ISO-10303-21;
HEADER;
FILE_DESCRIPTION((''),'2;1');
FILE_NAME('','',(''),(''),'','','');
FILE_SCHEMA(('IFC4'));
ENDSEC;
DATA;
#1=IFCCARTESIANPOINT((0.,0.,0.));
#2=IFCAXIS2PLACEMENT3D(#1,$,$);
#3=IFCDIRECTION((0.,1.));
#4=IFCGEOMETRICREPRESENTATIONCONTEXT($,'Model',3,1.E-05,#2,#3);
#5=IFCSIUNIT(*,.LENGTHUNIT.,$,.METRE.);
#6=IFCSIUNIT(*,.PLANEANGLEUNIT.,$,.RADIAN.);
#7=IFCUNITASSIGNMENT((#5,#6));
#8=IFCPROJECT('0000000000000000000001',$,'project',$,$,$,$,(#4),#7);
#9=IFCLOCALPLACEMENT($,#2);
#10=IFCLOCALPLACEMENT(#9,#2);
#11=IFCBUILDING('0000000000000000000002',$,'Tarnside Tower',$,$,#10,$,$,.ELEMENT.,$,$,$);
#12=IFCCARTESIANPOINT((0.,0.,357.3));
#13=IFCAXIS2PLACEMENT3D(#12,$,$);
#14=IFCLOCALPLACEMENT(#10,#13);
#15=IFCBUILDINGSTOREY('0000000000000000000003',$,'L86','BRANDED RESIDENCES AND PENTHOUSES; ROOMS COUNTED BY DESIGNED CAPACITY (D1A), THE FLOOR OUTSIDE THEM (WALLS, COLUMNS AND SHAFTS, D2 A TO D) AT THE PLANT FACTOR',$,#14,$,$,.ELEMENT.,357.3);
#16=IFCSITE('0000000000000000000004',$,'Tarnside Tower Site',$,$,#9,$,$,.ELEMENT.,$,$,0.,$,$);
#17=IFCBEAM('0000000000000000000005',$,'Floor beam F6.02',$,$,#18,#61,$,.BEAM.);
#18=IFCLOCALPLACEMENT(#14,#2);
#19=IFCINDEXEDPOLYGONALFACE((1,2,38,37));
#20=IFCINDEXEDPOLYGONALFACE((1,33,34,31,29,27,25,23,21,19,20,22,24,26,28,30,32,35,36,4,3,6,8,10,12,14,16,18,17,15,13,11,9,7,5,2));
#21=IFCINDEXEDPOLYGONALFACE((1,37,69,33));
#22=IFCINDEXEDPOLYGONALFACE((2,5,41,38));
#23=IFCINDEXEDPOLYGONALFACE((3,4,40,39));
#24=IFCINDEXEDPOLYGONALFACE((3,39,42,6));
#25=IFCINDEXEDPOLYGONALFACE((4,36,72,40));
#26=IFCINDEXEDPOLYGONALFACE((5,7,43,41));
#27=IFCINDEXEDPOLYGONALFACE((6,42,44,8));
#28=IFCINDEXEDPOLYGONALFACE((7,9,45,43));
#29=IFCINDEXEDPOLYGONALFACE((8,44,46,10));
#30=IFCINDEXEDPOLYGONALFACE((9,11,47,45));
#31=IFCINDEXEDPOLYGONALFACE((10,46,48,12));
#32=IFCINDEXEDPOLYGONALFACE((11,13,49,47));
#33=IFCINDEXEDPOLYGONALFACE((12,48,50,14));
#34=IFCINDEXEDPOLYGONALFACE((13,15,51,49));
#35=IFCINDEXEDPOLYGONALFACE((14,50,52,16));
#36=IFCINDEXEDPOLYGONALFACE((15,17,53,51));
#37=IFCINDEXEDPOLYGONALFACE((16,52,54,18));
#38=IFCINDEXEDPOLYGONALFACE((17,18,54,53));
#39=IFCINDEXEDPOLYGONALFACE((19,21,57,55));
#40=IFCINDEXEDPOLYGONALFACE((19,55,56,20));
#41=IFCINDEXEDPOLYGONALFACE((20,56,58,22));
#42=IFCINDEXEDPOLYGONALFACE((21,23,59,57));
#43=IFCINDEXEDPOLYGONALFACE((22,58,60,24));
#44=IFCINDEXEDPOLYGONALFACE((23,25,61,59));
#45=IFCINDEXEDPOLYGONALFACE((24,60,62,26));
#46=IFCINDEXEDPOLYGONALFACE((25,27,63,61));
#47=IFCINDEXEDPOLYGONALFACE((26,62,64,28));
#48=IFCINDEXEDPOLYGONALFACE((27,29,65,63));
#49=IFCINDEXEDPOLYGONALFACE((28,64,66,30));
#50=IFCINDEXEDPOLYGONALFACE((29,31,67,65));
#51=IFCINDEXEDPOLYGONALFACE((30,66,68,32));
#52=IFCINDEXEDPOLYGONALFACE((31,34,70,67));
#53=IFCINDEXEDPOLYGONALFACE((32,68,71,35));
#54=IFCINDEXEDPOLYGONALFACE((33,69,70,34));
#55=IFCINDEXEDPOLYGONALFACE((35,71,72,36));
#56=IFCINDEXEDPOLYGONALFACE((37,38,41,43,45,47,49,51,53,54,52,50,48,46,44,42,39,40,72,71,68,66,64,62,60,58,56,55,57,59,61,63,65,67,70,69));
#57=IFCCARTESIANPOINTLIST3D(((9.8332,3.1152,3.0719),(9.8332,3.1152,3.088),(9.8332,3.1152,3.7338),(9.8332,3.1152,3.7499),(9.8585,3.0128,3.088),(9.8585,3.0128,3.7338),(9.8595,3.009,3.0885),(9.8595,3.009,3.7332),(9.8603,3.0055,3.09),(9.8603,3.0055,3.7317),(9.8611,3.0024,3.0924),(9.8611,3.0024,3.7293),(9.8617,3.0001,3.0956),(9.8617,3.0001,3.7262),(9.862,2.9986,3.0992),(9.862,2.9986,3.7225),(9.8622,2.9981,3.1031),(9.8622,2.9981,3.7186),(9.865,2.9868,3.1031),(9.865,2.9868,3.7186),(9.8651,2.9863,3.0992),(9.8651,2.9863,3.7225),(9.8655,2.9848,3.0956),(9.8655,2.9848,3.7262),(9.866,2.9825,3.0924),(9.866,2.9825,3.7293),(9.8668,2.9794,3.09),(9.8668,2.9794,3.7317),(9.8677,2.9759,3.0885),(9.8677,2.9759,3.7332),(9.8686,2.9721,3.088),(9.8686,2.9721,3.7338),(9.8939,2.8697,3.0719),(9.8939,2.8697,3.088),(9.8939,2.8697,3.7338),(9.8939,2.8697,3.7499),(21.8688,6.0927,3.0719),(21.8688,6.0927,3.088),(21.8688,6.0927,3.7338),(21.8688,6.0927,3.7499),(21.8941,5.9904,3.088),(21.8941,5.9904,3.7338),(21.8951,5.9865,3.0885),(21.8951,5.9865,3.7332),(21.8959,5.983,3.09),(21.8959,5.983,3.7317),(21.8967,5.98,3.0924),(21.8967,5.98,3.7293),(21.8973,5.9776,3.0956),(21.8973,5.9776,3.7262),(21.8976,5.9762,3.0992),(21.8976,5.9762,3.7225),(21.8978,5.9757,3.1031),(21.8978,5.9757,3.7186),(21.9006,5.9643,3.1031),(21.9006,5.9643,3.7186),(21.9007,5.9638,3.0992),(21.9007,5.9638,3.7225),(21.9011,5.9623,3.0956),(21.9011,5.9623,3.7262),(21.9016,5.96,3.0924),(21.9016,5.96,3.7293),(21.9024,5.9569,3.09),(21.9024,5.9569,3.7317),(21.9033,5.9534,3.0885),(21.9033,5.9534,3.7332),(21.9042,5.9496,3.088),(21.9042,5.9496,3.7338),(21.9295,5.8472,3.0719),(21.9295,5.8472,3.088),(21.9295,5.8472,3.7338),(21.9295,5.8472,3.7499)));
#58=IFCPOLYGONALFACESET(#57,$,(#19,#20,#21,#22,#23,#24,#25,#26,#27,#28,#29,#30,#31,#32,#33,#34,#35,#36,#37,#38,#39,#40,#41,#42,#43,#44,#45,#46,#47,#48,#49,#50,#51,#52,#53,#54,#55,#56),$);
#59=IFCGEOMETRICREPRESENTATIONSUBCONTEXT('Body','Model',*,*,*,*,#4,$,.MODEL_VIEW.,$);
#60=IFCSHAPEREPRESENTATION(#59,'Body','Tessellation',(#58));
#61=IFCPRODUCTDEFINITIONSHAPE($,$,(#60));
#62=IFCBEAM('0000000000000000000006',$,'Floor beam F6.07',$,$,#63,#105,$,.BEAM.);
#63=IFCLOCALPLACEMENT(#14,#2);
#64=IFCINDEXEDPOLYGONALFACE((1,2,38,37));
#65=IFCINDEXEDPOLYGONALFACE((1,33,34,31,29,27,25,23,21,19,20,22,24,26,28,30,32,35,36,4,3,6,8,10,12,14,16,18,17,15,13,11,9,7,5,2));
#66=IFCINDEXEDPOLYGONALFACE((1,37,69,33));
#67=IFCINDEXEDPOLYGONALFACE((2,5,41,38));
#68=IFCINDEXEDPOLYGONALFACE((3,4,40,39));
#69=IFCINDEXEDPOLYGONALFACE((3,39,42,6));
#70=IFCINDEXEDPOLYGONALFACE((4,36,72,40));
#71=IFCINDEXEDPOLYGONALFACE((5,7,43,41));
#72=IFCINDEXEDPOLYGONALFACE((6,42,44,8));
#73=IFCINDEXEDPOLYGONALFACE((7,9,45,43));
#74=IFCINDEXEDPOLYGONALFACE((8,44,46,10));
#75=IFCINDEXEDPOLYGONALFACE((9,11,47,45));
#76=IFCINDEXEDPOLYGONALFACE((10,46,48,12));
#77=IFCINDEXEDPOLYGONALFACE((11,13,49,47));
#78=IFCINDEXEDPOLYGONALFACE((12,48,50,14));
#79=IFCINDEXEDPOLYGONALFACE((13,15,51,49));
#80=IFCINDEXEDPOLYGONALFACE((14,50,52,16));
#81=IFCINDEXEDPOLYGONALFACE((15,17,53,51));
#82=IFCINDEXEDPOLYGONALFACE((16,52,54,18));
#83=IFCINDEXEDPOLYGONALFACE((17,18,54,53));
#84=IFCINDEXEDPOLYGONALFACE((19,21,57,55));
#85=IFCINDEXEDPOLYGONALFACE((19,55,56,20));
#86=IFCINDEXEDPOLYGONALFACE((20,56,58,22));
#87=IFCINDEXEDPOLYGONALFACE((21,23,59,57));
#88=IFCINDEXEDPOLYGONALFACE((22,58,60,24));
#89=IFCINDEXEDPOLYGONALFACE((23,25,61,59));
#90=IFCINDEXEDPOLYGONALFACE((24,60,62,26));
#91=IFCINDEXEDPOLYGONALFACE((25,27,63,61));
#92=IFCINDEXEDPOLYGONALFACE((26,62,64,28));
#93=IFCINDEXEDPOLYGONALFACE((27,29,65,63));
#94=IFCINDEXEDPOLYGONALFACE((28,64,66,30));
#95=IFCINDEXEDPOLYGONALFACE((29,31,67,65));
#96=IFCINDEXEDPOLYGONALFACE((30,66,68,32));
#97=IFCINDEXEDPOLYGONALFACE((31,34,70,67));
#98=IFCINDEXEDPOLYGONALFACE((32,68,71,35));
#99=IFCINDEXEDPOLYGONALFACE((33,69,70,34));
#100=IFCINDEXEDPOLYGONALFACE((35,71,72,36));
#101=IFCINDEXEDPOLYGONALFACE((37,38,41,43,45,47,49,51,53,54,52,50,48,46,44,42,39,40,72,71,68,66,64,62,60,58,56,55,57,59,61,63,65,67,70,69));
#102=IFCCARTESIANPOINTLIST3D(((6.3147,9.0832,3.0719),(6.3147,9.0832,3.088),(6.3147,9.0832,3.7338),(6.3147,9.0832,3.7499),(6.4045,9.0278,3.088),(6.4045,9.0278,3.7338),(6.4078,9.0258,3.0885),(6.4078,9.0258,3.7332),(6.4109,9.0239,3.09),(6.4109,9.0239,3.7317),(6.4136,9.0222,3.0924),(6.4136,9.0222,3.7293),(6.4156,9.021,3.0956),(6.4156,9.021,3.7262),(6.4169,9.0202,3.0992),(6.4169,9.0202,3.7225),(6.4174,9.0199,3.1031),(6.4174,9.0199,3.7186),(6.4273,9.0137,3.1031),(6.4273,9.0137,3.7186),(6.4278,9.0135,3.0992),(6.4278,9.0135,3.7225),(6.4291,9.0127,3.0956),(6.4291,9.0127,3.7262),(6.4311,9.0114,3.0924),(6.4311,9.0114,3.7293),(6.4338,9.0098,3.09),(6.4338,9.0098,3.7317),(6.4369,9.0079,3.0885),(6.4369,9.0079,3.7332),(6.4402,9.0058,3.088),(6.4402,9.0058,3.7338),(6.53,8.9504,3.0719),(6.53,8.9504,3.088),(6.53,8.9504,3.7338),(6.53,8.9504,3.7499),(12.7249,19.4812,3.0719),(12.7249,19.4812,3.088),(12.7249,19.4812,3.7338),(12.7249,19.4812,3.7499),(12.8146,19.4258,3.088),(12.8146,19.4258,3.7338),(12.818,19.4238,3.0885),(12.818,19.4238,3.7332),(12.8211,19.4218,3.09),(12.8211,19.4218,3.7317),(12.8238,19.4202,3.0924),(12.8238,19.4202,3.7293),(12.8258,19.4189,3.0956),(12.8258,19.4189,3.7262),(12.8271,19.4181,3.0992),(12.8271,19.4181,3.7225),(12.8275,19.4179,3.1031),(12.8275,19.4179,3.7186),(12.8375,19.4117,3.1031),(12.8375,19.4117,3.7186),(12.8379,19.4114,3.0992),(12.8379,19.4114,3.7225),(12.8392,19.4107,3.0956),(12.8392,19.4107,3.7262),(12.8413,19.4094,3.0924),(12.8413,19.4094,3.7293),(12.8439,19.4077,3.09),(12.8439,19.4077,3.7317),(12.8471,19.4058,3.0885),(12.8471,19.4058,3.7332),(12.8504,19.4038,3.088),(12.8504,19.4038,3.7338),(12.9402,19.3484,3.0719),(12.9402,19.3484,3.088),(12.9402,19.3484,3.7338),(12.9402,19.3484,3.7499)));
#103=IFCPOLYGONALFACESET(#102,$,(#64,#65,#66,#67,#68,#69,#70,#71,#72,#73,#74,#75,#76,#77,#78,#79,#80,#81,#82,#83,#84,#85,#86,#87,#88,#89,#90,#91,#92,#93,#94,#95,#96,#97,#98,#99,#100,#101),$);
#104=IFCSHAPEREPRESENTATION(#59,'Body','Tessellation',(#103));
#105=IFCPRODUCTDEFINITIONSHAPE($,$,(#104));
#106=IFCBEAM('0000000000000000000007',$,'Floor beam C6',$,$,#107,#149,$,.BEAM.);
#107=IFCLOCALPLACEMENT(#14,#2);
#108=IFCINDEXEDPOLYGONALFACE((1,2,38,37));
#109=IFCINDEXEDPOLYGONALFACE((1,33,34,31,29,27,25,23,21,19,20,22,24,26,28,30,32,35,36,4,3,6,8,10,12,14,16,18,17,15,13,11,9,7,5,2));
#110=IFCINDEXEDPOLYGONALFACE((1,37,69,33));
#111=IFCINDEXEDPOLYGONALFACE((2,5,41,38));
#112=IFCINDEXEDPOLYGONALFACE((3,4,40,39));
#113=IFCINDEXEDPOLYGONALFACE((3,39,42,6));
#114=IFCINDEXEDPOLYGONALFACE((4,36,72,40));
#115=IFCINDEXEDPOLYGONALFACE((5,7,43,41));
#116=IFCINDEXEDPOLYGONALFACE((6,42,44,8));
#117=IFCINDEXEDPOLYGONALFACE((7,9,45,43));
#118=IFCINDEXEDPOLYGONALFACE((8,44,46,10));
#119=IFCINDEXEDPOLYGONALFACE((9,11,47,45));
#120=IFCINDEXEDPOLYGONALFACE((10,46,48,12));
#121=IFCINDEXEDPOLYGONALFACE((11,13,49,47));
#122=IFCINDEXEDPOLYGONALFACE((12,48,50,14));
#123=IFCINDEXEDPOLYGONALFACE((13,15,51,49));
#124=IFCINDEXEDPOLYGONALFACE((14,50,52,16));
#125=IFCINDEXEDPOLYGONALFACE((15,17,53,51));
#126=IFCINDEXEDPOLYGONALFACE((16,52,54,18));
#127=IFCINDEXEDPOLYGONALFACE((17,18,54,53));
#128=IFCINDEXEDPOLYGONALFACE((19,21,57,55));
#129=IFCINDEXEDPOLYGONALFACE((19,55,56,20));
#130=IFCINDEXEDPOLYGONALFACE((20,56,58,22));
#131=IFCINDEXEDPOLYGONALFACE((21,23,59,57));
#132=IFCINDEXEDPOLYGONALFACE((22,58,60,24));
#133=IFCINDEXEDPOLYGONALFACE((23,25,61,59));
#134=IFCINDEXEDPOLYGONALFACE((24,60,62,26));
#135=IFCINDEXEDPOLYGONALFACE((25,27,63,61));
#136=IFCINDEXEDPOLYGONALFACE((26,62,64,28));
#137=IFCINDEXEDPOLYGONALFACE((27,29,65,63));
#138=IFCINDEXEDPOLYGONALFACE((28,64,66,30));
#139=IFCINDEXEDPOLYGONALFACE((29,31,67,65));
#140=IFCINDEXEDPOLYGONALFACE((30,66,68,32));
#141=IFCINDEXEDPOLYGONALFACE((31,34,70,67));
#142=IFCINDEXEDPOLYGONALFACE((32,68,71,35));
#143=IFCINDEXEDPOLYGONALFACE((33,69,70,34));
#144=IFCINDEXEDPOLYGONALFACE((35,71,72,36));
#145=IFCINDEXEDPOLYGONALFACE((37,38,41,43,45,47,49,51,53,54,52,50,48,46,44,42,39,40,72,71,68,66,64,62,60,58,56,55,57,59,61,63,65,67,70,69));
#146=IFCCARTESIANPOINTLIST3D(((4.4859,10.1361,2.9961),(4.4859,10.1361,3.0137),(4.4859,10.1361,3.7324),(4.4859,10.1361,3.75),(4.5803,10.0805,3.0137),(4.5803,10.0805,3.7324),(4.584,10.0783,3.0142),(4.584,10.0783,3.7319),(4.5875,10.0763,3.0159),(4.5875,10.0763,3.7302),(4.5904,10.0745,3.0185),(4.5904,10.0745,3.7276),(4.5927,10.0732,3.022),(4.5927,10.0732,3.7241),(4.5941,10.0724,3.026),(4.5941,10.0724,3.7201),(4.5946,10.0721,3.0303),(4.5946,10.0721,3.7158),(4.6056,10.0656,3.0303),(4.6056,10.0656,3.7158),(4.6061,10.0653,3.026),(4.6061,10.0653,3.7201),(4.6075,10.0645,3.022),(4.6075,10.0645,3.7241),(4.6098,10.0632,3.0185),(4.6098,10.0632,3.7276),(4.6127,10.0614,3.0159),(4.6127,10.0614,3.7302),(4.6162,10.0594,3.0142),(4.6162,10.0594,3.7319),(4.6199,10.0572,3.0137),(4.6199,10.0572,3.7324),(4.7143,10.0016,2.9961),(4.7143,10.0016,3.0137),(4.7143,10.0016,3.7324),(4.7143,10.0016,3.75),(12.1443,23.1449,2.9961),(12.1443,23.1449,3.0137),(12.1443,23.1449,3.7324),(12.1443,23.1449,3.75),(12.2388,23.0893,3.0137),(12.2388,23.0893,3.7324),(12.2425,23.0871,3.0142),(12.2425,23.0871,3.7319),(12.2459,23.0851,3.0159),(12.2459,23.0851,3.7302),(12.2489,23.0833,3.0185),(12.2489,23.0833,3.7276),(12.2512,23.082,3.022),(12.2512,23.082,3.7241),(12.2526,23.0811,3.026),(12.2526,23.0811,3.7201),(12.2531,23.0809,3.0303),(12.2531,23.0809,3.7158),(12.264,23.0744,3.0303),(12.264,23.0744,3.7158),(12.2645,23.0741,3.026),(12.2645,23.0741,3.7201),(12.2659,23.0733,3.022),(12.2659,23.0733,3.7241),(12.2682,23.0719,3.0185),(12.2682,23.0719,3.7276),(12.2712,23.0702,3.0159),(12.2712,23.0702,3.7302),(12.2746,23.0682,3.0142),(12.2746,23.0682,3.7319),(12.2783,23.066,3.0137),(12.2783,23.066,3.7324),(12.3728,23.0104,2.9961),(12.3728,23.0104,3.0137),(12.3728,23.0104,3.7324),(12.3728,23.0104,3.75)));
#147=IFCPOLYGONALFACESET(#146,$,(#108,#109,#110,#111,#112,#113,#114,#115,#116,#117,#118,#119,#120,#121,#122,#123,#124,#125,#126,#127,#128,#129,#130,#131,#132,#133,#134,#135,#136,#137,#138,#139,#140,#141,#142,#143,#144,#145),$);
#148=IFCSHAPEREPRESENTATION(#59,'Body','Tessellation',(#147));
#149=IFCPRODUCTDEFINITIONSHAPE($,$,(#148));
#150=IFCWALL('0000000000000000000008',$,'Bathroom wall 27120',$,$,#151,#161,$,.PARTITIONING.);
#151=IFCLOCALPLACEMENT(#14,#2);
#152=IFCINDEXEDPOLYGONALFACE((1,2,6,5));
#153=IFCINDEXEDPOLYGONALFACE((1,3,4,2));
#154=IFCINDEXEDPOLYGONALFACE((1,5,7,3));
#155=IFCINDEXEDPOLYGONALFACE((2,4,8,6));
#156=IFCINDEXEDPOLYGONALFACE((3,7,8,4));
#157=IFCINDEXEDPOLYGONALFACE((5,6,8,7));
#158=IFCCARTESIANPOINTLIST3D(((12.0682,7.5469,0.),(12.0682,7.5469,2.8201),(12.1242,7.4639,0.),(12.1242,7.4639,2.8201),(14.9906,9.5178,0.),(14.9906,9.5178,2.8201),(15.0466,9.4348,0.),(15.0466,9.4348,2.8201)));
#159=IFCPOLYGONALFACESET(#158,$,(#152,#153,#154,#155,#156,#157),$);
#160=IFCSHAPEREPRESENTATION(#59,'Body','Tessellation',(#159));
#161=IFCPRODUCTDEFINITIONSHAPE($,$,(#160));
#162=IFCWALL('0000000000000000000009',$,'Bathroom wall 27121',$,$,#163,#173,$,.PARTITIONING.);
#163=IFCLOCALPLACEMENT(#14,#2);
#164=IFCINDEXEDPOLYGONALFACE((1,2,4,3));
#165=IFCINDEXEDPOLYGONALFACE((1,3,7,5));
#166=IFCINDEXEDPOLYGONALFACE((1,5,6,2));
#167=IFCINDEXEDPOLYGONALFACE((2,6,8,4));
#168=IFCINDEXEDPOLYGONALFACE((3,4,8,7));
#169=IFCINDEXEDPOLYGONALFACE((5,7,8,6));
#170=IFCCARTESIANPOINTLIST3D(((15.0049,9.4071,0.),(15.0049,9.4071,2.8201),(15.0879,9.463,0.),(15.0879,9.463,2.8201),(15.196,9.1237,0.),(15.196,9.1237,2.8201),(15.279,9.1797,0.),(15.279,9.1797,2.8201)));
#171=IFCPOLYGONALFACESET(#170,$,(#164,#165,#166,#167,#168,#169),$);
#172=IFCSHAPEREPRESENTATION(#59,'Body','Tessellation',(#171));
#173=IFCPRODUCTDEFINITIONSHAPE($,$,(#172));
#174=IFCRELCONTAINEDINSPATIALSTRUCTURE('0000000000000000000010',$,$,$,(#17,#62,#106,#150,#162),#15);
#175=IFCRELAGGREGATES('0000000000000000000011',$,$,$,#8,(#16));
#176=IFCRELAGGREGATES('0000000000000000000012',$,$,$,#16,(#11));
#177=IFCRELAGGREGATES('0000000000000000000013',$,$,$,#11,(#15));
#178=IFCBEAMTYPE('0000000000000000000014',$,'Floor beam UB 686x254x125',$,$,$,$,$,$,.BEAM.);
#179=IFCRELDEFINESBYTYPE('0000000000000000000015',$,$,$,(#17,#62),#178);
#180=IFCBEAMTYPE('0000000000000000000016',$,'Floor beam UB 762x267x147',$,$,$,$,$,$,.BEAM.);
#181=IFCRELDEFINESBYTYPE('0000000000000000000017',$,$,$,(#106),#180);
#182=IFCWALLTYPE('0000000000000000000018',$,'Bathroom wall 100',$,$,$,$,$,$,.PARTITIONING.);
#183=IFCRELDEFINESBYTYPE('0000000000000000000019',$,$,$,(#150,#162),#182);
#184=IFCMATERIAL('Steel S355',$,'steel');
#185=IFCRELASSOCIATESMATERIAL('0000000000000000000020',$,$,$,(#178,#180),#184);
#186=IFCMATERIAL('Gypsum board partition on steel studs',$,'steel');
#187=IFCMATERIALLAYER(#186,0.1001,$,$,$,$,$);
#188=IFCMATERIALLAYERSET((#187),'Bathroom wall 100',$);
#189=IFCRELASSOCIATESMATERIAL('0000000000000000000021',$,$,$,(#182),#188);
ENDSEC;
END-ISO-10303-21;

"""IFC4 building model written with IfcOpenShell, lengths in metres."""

from ifc_helpers import new_model, si_unit, direction, frame, frame_2d, origin, origin_2d, place, context, subcontext, project, spatial, rectangle, i_section, extrude, material, layer, layer_set, material_profile, profile_set, type_object, element, save


model = new_model("IFC4")

# Units and contexts
model_context = context("Model", 3, precision=1e-05, world=origin(), true_north=direction((0.0, 1.0)))
body_context = subcontext(model_context, "Body", "Model", "MODEL_VIEW")
ifc_project = project(units=[si_unit("LENGTHUNIT", "METRE"), si_unit("PLANEANGLEUNIT", "RADIAN")], contexts=[model_context])

# Site, building, storey
site_placement = place(None, origin())
site = spatial("IfcSite", under=ifc_project, at=site_placement, Name="Tarnside Tower Site", CompositionType="ELEMENT", RefElevation=0.0)
building_placement = place(site_placement, origin())
building = spatial("IfcBuilding", under=site, at=building_placement, Name="Tarnside Tower", CompositionType="ELEMENT")
storey_placement = place(building_placement, frame((0.0, 0.0, 357.3)))
storey = spatial("IfcBuildingStorey", under=building, at=storey_placement, Name="L86", Description="BRANDED RESIDENCES AND PENTHOUSES; ROOMS COUNTED BY DESIGNED CAPACITY (D1A), THE FLOOR OUTSIDE THEM (WALLS, COLUMNS AND SHAFTS, D2 A TO D) AT THE PLANT FACTOR", CompositionType="ELEMENT", Elevation=357.3)

# Beams
ifc_material_1 = material(Name="Steel S355", Category="steel")
ifc_material_profile_1 = material_profile(ifc_material_1, i_section(OverallWidth=0.2529, OverallDepth=0.678, WebThickness=0.0117, FlangeThickness=0.0161, FilletRadius=0.0151, at=origin_2d()), Name="UB 686x254x125")
ifc_profile_set_1 = profile_set([ifc_material_profile_1], Name="Steel S355")
beam_type_1 = type_object("IfcBeamType", Name="Floor beam UB 686x254x125", PredefinedType="BEAM", material=ifc_profile_set_1)
beam_1_placement = place(storey_placement, frame((21.8992, 5.97, 3.4109), z_axis=(-0.970735, -0.240153, 0.0), x_axis=(0.240153, -0.970735, 0.0)))
element("IfcBeam", 1, at=beam_1_placement, inside=storey, type_object=beam_type_1, Name="Floor beam F6.02", PredefinedType="BEAM", context=body_context, shape_type="SweptSolid", body=[
    extrude(i_section(OverallWidth=0.2529, OverallDepth=0.678, WebThickness=0.0117, FlangeThickness=0.0161, FilletRadius=0.0151, at=origin_2d()), origin(), (0.0, 0.0, 1.0), 12.3984),
])
beam_2_placement = place(storey_placement, frame((12.8325, 19.4148, 3.4109), z_axis=(-0.524775, -0.851241, 0.0), x_axis=(0.851241, -0.524775, 0.0)))
element("IfcBeam", 2, at=beam_2_placement, inside=storey, type_object=beam_type_1, Name="Floor beam F6.07", PredefinedType="BEAM", context=body_context, shape_type="SweptSolid", body=[
    extrude(i_section(OverallWidth=0.2529, OverallDepth=0.678, WebThickness=0.0117, FlangeThickness=0.0161, FilletRadius=0.0151, at=origin_2d()), origin(), (0.0, 0.0, 1.0), 12.2151),
])
ifc_material_profile_2 = material_profile(ifc_material_1, i_section(OverallWidth=0.2651, OverallDepth=0.7539, WebThickness=0.0127, FlangeThickness=0.0176, FilletRadius=0.0166, at=origin_2d()), Name="UB 762x267x147")
ifc_profile_set_2 = profile_set([ifc_material_profile_2], Name="Steel S355")
beam_type_2 = type_object("IfcBeamType", Name="Floor beam UB 762x267x147", PredefinedType="BEAM", material=ifc_profile_set_2)
beam_3_placement = place(storey_placement, frame((12.2585, 23.0776, 3.373), z_axis=(-0.507326, -0.861754, 0.0), x_axis=(0.861754, -0.507326, 0.0)))
element("IfcBeam", 3, at=beam_3_placement, inside=storey, type_object=beam_type_2, Name="Floor beam C6", PredefinedType="BEAM", context=body_context, shape_type="SweptSolid", body=[
    extrude(i_section(OverallWidth=0.2651, OverallDepth=0.7539, WebThickness=0.0127, FlangeThickness=0.0176, FilletRadius=0.0166, at=origin_2d()), origin(), (0.0, 0.0, 1.0), 15.0957),
])

# Walls
ifc_material_2 = material(Name="Gypsum board partition on steel studs", Category="steel")
ifc_layer_1 = layer(ifc_material_2, 0.1001)
ifc_layer_set_1 = layer_set([ifc_layer_1], Name="Bathroom wall 100")
wall_type_1 = type_object("IfcWallType", Name="Bathroom wall 100", PredefinedType="PARTITIONING", material=ifc_layer_set_1)
wall_1_placement = place(storey_placement, frame((12.0962, 7.5054, 0.0), z_axis=(0.0, 0.0, 1.0), x_axis=(0.829065, 0.559152, 0.0)))
element("IfcWall", 4, at=wall_1_placement, inside=storey, type_object=wall_type_1, Name="Bathroom wall 27120", PredefinedType="PARTITIONING", context=body_context, shape_type="SweptSolid", body=[
    extrude(rectangle(XDim=3.5249, YDim=0.1001, at=frame_2d((1.7625, 0.0))), origin(), (0.0, 0.0, 1.0), 2.8201),
])
wall_2_placement = place(storey_placement, frame((15.0464, 9.4351, 0.0), z_axis=(0.0, 0.0, 1.0), x_axis=(0.559142, -0.829072, 0.0)))
element("IfcWall", 5, at=wall_2_placement, inside=storey, type_object=wall_type_1, Name="Bathroom wall 27121", PredefinedType="PARTITIONING", context=body_context, shape_type="SweptSolid", body=[
    extrude(rectangle(XDim=0.3418, YDim=0.1001, at=frame_2d((0.1709, 0.0))), origin(), (0.0, 0.0, 1.0), 2.8201),
])

save(model, "model.ifc")
